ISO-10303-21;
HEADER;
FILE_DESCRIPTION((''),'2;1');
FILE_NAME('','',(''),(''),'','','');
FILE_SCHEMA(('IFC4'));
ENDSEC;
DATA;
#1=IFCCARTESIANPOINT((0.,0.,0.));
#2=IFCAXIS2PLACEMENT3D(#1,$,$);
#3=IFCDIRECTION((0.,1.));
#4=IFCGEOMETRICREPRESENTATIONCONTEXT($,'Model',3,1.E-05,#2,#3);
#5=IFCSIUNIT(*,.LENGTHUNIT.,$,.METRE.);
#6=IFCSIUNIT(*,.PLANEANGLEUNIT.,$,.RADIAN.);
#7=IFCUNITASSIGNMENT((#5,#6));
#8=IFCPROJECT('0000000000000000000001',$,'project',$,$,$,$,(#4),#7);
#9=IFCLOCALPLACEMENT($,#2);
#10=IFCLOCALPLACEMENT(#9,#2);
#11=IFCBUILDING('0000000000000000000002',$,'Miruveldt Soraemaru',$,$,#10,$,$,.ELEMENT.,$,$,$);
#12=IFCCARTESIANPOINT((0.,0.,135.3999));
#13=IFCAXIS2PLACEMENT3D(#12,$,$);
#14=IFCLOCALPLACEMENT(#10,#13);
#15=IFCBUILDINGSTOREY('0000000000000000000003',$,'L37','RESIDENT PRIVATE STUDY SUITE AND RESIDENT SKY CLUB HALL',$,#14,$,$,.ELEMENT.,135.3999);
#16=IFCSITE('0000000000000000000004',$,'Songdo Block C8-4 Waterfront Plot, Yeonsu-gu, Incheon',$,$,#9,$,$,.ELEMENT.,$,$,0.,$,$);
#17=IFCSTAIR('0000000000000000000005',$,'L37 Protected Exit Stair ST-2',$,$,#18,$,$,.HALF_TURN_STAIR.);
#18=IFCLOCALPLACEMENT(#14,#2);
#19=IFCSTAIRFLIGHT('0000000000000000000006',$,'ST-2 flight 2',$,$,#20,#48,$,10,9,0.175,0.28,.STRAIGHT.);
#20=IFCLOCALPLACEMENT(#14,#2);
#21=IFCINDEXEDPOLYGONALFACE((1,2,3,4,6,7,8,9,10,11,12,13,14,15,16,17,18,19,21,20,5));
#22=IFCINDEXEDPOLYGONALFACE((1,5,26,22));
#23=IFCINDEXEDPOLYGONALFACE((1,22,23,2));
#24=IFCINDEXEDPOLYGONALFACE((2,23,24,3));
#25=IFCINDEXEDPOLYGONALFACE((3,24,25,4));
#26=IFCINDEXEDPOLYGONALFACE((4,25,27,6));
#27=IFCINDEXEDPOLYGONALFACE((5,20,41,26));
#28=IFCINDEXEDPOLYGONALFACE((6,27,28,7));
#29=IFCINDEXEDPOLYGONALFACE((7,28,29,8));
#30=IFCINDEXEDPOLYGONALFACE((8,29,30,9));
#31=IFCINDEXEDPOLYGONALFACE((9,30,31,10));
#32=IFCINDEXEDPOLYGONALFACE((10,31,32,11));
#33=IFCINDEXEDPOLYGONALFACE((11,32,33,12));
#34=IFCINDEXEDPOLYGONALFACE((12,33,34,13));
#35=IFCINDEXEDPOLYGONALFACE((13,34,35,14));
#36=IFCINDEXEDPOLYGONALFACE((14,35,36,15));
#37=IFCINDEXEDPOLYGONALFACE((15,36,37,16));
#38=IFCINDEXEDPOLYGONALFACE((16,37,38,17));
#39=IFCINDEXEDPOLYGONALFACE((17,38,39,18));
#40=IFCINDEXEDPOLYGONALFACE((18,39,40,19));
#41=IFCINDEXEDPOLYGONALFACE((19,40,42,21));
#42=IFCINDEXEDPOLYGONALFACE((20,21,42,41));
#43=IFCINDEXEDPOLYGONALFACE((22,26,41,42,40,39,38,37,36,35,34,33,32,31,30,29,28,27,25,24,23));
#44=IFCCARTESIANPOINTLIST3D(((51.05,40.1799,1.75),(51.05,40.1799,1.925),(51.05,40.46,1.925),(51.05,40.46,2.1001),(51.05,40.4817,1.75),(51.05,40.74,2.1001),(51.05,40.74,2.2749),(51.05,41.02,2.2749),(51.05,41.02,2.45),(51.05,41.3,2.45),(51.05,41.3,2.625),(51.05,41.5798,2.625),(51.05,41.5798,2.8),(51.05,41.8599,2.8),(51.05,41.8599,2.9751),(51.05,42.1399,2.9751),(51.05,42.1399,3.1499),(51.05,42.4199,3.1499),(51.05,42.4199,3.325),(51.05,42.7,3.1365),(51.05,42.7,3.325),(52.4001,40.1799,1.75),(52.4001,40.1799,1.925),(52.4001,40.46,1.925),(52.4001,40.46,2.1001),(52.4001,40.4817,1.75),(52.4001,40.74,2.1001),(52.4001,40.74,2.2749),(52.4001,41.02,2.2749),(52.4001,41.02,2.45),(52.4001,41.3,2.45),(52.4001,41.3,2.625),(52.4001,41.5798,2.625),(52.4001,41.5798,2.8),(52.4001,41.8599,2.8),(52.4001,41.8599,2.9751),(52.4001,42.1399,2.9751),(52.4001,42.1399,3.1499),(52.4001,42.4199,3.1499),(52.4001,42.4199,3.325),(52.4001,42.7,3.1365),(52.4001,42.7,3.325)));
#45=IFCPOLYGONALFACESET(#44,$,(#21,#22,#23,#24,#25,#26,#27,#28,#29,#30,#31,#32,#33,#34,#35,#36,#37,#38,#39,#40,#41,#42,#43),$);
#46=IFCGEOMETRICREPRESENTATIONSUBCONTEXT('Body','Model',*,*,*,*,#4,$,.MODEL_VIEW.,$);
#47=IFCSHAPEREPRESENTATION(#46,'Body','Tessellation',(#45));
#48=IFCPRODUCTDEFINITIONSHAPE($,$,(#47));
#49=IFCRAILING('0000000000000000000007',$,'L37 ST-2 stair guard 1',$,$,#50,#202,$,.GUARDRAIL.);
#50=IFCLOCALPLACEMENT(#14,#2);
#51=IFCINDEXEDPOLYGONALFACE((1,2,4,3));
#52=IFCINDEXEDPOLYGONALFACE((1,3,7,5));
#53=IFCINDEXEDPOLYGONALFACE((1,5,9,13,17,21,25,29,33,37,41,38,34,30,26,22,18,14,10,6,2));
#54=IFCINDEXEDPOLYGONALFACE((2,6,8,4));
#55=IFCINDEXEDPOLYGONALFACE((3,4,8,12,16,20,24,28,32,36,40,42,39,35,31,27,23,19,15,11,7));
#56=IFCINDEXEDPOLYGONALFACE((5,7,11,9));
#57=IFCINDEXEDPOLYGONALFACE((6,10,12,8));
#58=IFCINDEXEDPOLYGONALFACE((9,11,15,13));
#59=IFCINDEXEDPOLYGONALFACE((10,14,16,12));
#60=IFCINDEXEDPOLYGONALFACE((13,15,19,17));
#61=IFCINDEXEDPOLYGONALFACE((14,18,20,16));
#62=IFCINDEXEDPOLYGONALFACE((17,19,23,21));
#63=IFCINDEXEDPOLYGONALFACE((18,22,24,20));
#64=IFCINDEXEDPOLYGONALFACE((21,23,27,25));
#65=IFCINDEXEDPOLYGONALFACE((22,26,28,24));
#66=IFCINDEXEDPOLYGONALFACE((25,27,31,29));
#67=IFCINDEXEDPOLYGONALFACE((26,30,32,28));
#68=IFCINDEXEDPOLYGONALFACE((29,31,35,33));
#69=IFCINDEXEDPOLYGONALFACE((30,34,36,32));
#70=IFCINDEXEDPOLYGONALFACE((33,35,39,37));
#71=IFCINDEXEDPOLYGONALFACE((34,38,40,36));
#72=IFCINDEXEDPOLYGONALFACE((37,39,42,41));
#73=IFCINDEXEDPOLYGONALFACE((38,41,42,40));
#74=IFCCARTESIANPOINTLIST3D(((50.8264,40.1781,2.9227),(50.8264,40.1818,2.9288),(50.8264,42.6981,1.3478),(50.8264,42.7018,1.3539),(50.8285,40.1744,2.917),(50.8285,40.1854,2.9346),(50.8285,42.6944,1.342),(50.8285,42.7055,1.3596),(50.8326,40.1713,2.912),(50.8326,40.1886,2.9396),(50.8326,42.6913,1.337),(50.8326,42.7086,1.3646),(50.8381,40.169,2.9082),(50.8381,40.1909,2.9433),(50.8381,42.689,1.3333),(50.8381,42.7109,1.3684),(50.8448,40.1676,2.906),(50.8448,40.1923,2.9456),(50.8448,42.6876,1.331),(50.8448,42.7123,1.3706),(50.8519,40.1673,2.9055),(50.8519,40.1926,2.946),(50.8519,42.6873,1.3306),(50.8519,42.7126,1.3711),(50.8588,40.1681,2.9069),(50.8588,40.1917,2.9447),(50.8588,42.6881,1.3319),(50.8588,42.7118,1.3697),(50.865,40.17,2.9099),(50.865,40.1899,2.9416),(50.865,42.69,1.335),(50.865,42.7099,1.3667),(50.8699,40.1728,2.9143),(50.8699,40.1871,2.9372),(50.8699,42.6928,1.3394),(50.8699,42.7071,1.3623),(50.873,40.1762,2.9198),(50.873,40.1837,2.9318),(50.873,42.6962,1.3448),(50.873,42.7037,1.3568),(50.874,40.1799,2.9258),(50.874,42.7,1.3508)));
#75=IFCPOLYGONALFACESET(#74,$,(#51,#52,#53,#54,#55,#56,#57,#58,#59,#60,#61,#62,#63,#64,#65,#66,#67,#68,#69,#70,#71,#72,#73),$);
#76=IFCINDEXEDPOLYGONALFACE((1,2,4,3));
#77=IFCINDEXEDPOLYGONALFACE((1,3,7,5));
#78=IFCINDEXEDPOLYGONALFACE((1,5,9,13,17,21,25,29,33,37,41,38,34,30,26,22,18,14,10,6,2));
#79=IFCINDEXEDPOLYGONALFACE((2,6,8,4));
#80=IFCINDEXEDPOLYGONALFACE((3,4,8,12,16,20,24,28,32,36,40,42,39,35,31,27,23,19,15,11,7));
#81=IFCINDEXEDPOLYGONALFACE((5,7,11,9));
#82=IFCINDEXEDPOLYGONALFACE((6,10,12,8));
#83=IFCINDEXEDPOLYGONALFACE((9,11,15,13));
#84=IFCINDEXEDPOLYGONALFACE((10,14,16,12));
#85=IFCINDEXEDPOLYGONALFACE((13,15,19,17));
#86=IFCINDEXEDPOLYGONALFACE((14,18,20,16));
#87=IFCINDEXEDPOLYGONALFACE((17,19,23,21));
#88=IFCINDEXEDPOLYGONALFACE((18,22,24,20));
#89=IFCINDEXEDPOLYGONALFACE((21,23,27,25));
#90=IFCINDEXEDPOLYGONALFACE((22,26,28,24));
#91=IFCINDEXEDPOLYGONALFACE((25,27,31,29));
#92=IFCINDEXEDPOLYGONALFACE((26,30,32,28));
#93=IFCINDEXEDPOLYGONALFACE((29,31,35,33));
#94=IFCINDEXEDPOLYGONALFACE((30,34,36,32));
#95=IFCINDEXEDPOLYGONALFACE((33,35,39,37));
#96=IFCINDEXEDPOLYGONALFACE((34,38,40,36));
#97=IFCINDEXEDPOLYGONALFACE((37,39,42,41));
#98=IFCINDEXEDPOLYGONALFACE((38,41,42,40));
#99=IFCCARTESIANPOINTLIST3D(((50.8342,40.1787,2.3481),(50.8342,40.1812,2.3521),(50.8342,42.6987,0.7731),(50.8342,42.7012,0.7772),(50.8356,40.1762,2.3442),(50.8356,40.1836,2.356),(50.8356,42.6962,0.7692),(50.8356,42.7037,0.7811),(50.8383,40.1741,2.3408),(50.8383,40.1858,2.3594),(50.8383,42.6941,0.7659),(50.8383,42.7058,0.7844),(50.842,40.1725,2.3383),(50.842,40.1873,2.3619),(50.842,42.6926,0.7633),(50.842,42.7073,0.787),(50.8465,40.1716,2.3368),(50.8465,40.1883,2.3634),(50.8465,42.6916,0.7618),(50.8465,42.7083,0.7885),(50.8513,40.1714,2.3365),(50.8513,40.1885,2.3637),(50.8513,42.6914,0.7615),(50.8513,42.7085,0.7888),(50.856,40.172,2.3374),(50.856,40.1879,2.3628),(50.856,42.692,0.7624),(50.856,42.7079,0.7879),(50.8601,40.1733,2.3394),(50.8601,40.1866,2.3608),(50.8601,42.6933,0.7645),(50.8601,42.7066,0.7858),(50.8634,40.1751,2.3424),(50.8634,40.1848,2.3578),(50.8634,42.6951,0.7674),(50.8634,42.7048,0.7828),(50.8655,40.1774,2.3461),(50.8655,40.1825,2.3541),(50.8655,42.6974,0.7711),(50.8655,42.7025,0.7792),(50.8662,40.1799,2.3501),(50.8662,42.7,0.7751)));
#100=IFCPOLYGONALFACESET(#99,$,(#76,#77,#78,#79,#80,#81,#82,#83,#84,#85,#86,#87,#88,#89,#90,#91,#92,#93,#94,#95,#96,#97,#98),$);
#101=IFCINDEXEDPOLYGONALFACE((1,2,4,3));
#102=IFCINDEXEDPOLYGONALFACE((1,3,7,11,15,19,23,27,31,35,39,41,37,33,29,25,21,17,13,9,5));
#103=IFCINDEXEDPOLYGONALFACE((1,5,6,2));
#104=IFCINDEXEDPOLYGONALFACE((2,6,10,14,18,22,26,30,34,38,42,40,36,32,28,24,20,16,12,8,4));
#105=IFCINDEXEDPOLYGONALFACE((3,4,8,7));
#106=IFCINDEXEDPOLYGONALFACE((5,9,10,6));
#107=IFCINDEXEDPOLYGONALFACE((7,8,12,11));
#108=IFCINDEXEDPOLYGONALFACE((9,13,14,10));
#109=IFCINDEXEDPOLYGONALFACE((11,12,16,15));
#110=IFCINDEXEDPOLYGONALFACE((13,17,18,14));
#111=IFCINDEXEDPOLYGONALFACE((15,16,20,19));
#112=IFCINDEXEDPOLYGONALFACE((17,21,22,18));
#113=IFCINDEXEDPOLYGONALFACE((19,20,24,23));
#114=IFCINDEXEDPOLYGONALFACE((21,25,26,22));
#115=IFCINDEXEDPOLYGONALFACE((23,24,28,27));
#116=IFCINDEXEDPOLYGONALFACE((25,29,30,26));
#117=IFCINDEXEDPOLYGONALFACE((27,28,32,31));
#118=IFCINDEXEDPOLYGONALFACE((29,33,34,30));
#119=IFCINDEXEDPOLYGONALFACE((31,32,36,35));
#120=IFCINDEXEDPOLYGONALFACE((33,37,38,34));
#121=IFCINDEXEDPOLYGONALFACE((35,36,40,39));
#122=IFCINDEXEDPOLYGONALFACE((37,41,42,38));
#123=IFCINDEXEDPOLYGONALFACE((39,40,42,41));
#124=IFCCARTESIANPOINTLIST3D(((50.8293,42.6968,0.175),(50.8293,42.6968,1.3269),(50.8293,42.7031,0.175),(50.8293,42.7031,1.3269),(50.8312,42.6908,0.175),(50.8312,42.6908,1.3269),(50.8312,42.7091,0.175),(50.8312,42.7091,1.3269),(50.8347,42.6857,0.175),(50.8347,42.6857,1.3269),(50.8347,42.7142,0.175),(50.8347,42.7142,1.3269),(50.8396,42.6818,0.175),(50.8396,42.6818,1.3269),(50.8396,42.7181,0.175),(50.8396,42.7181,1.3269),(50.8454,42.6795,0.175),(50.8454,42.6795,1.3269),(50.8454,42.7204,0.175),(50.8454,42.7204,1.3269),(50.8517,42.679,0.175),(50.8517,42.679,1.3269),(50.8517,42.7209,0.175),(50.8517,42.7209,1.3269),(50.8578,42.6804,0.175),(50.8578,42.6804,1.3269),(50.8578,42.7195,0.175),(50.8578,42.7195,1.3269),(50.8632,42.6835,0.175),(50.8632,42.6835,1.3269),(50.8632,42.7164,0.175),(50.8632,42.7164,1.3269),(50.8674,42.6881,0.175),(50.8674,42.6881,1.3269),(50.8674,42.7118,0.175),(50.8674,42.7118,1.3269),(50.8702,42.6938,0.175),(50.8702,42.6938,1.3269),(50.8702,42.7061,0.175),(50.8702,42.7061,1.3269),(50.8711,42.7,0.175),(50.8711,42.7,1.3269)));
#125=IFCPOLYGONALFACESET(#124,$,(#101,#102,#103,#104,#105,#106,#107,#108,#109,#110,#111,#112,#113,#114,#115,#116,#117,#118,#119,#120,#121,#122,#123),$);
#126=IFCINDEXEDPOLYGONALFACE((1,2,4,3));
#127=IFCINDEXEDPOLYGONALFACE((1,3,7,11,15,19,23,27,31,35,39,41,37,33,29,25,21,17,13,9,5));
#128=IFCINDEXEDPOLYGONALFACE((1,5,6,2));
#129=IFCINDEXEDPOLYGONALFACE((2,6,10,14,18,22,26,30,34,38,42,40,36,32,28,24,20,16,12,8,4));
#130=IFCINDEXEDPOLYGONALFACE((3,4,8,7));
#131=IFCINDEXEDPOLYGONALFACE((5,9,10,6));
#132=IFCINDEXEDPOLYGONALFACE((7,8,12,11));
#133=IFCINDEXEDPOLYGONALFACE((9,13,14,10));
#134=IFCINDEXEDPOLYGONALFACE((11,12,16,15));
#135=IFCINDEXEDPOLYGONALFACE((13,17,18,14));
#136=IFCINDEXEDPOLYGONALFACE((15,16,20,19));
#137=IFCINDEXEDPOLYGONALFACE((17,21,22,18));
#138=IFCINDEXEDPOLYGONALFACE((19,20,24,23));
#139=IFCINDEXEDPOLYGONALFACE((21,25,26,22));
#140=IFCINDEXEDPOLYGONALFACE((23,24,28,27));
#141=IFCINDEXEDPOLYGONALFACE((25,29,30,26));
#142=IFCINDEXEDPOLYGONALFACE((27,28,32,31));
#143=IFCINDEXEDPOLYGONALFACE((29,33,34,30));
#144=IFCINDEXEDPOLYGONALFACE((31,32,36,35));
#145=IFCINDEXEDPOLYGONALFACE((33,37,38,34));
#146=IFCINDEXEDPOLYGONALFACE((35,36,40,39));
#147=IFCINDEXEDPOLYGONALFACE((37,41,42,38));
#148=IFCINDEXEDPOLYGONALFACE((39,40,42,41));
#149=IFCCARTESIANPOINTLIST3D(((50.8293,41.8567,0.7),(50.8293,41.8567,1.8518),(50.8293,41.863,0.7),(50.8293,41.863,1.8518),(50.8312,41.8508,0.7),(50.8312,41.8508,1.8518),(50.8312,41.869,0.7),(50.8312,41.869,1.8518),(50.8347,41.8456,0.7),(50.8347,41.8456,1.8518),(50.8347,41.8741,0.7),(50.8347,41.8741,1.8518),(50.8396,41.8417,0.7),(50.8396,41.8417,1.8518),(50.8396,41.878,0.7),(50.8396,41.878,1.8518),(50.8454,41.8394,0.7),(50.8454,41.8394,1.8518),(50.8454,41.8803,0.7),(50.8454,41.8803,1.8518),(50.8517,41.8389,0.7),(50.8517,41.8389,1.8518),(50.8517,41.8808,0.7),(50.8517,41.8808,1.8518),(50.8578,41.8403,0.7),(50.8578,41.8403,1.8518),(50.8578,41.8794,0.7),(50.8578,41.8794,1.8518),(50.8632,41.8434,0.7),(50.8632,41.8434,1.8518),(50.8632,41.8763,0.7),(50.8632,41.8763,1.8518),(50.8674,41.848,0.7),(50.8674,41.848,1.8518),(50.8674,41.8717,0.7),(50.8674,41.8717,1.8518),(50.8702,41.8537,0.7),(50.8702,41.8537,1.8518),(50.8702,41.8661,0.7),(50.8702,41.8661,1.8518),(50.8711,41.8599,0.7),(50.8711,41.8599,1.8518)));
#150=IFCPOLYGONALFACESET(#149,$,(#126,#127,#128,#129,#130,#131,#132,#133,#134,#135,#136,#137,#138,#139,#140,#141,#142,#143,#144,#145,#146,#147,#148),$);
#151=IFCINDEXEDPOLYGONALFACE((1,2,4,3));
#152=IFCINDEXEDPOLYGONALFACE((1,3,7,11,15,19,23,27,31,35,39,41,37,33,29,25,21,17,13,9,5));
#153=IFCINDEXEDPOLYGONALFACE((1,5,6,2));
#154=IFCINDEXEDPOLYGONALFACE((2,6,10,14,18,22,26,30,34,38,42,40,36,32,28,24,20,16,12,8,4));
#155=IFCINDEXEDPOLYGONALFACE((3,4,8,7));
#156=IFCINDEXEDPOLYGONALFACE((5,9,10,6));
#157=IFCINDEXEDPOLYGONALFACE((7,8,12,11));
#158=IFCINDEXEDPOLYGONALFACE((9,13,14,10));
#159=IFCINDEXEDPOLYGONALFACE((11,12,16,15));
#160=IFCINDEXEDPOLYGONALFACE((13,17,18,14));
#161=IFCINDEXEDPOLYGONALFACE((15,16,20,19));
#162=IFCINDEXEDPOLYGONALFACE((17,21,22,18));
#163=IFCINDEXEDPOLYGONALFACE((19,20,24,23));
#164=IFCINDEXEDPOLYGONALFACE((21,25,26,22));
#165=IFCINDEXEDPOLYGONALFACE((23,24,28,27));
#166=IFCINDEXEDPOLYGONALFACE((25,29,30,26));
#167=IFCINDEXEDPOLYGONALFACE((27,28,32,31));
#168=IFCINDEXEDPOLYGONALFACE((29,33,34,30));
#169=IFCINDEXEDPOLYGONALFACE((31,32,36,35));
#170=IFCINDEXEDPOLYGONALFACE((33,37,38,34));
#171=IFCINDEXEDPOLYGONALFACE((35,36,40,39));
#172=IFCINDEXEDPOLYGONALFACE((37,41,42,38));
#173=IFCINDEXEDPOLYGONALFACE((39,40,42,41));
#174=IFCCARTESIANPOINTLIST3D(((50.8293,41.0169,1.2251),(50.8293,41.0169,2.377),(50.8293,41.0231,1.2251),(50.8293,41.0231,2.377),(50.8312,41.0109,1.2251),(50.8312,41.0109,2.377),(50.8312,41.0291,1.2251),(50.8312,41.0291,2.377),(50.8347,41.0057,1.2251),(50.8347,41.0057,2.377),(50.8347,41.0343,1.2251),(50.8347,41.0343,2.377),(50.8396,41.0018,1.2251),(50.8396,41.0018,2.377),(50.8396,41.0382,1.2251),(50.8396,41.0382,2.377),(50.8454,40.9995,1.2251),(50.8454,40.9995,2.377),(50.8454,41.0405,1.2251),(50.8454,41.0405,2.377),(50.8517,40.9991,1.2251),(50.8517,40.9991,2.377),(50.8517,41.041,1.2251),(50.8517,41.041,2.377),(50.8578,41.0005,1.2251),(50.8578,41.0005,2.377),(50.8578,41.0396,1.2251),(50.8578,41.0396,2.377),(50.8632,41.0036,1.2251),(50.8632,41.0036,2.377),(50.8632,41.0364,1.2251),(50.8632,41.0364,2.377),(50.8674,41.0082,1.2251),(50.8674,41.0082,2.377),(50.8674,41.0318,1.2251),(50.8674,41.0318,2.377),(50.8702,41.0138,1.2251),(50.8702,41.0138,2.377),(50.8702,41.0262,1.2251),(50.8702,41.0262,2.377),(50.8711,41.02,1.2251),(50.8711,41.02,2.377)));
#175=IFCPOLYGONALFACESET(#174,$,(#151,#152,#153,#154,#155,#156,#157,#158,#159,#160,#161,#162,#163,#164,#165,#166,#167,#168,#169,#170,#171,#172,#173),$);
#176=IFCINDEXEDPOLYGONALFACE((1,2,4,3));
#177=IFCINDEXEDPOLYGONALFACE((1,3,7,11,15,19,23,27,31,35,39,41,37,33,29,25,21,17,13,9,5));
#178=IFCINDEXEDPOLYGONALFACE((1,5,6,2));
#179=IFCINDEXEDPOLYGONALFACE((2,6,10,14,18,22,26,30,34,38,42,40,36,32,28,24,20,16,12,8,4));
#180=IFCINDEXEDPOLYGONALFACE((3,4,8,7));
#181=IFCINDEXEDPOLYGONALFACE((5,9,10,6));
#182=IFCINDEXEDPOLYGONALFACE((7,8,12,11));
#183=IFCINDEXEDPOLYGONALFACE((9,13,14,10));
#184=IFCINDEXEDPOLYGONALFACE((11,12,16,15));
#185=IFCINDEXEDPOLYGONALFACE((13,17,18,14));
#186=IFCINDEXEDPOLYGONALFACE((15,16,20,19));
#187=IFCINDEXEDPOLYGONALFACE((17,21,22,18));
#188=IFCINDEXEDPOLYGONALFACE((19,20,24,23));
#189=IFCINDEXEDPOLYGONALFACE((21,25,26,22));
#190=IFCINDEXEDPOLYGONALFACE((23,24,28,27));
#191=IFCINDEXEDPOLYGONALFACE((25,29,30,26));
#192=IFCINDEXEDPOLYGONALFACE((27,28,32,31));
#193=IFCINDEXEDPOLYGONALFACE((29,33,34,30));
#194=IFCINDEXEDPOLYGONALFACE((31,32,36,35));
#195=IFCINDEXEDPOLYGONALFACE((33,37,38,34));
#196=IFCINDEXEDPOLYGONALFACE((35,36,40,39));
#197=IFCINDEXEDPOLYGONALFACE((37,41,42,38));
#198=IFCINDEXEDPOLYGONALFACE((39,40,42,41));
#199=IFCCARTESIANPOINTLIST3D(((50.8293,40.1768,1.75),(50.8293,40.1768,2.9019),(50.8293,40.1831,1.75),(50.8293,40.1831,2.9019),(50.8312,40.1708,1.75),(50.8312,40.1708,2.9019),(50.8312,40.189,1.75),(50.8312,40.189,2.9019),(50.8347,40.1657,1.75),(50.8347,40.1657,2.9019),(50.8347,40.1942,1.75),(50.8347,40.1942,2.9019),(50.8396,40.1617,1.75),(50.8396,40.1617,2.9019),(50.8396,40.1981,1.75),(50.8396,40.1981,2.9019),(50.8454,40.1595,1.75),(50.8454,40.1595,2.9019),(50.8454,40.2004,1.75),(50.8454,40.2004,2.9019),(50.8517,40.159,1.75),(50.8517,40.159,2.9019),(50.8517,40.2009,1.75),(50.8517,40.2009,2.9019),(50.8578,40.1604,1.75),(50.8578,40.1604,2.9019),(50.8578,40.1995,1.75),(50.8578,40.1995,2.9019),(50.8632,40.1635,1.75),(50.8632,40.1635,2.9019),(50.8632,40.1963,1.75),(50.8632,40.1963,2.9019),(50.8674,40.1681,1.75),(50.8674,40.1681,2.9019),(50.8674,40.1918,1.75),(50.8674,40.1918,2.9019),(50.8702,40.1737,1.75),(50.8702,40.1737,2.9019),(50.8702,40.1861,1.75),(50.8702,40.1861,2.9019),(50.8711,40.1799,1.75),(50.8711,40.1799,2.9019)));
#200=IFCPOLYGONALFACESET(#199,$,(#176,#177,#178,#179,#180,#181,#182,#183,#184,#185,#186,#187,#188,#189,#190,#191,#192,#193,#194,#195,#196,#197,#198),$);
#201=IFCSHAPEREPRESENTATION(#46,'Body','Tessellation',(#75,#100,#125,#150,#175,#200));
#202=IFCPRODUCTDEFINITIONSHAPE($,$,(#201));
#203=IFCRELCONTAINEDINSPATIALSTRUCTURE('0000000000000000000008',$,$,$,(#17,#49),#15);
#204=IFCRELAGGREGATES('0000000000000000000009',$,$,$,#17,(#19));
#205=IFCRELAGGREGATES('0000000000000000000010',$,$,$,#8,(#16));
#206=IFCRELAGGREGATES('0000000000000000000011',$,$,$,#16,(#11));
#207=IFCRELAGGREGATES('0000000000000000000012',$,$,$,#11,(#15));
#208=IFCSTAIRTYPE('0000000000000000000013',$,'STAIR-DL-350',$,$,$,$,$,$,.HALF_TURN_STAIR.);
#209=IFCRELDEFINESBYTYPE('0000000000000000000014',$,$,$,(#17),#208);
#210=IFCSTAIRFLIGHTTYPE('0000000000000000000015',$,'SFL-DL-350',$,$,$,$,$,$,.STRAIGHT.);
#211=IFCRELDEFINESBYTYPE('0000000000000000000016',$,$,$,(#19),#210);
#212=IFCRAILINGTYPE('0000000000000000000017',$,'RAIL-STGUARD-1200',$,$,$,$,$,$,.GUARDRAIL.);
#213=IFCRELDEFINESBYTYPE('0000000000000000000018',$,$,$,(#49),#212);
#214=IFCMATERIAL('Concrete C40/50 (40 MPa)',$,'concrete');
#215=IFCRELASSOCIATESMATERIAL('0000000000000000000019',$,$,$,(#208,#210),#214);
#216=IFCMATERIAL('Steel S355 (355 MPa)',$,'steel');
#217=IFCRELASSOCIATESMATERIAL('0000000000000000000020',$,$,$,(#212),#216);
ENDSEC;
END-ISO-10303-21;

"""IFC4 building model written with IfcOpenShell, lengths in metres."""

from ifc_helpers import new_model, si_unit, direction, frame, origin, origin_2d, place, context, subcontext, project, spatial, polyline, circle, outline, extrude, material, type_object, element, aggregate, save


model = new_model("IFC4")

# Units and contexts
model_context = context("Model", 3, precision=1e-05, world=origin(), true_north=direction((0.0, 1.0)))
body_context = subcontext(model_context, "Body", "Model", "MODEL_VIEW")
ifc_project = project(units=[si_unit("LENGTHUNIT", "METRE"), si_unit("PLANEANGLEUNIT", "RADIAN")], contexts=[model_context])

# Site, building, storey
site_placement = place(None, origin())
site = spatial("IfcSite", under=ifc_project, at=site_placement, Name="Songdo Block C8-4 Waterfront Plot, Yeonsu-gu, Incheon", CompositionType="ELEMENT", RefElevation=0.0)
building_placement = place(site_placement, origin())
building = spatial("IfcBuilding", under=site, at=building_placement, Name="Miruveldt Soraemaru", CompositionType="ELEMENT")
storey_placement = place(building_placement, frame((0.0, 0.0, 135.3999)))
storey = spatial("IfcBuildingStorey", under=building, at=storey_placement, Name="L37", Description="RESIDENT PRIVATE STUDY SUITE AND RESIDENT SKY CLUB HALL", CompositionType="ELEMENT", Elevation=135.3999)

# Shared definitions
ifc_material_1 = material(Name="Concrete C40/50 (40 MPa)", Category="concrete")

# Stair, stair flight
stair_type = type_object("IfcStairType", Name="STAIR-DL-350", PredefinedType="HALF_TURN_STAIR", material=ifc_material_1)
stair_placement = place(storey_placement, origin())
stair = element("IfcStair", 1, at=stair_placement, inside=storey, type_object=stair_type, Name="L37 Protected Exit Stair ST-2", PredefinedType="HALF_TURN_STAIR")
stair_flight_type = type_object("IfcStairFlightType", Name="SFL-DL-350", PredefinedType="STRAIGHT", material=ifc_material_1)
stair_flight_1_placement = place(storey_placement, frame((51.7251, 40.1799, 1.75), z_axis=(0.0, 0.0, 1.0), x_axis=(0.0, 1.0, 0.0)))
stair_flight_1 = element("IfcStairFlight", 2, at=stair_flight_1_placement, type_object=stair_flight_type, Name="ST-2 flight 2", NumberOfRisers=10, NumberOfTreads=9, PredefinedType="STRAIGHT", RiserHeight=0.175, TreadLength=0.28, context=body_context, shape_type="SweptSolid", body=[
    extrude(outline(polyline([(0.0, 0.0), (0.0, 0.175), (0.28, 0.175), (0.28, 0.3501), (0.5601, 0.3501), (0.5601, 0.5249), (0.8401, 0.5249), (0.8401, 0.7), (1.1201, 0.7), (1.1201, 0.875), (1.3999, 0.875), (1.3999, 1.05), (1.6799, 1.05), (1.6799, 1.2251), (1.96, 1.2251), (1.96, 1.3999), (2.24, 1.3999), (2.24, 1.575), (2.52, 1.575), (2.52, 1.75), (2.52, 1.3865), (0.3018, 0.0), (0.0, 0.0)])), frame((0.0, 0.675, 0.0), z_axis=(0.0, -1.0, 0.0), x_axis=(1.0, 0.0, 0.0)), (0.0, 0.0, 1.0), 1.3501),
])
aggregate(stair, [stair_flight_1])

# Railing
ifc_material_2 = material(Name="Steel S355 (355 MPa)", Category="steel")
railing_type_1 = type_object("IfcRailingType", Name="RAIL-STGUARD-1200", PredefinedType="GUARDRAIL", material=ifc_material_2)
railing_1_placement = place(storey_placement, frame((50.8501, 42.7, 0.175)))
element("IfcRailing", 3, at=railing_1_placement, inside=storey, type_object=railing_type_1, Name="L37 ST-2 stair guard 1", PredefinedType="GUARDRAIL", context=body_context, shape_type="SweptSolid", body=[
    extrude(circle(Radius=0.0239, at=origin_2d()), frame((0.0, 0.0, 1.1758), z_axis=(0.0, -0.848008, 0.529984), x_axis=(1.0, 0.0, 0.0)), (0.0, 0.0, 1.0), 2.9717),
    extrude(circle(Radius=0.0161, at=origin_2d()), frame((0.0, 0.0, 0.6001), z_axis=(0.0, -0.848008, 0.529984), x_axis=(1.0, 0.0, 0.0)), (0.0, 0.0, 1.0), 2.9717),
    extrude(circle(Radius=0.021, at=origin_2d()), origin(), (0.0, 0.0, 1.0), 1.1519),
    extrude(circle(Radius=0.021, at=origin_2d()), frame((0.0, -0.8401, 0.5249)), (0.0, 0.0, 1.0), 1.1519),
    extrude(circle(Radius=0.021, at=origin_2d()), frame((0.0, -1.6799, 1.05)), (0.0, 0.0, 1.0), 1.1519),
    extrude(circle(Radius=0.021, at=origin_2d()), frame((0.0, -2.52, 1.575)), (0.0, 0.0, 1.0), 1.1519),
])

save(model, "model.ifc")
